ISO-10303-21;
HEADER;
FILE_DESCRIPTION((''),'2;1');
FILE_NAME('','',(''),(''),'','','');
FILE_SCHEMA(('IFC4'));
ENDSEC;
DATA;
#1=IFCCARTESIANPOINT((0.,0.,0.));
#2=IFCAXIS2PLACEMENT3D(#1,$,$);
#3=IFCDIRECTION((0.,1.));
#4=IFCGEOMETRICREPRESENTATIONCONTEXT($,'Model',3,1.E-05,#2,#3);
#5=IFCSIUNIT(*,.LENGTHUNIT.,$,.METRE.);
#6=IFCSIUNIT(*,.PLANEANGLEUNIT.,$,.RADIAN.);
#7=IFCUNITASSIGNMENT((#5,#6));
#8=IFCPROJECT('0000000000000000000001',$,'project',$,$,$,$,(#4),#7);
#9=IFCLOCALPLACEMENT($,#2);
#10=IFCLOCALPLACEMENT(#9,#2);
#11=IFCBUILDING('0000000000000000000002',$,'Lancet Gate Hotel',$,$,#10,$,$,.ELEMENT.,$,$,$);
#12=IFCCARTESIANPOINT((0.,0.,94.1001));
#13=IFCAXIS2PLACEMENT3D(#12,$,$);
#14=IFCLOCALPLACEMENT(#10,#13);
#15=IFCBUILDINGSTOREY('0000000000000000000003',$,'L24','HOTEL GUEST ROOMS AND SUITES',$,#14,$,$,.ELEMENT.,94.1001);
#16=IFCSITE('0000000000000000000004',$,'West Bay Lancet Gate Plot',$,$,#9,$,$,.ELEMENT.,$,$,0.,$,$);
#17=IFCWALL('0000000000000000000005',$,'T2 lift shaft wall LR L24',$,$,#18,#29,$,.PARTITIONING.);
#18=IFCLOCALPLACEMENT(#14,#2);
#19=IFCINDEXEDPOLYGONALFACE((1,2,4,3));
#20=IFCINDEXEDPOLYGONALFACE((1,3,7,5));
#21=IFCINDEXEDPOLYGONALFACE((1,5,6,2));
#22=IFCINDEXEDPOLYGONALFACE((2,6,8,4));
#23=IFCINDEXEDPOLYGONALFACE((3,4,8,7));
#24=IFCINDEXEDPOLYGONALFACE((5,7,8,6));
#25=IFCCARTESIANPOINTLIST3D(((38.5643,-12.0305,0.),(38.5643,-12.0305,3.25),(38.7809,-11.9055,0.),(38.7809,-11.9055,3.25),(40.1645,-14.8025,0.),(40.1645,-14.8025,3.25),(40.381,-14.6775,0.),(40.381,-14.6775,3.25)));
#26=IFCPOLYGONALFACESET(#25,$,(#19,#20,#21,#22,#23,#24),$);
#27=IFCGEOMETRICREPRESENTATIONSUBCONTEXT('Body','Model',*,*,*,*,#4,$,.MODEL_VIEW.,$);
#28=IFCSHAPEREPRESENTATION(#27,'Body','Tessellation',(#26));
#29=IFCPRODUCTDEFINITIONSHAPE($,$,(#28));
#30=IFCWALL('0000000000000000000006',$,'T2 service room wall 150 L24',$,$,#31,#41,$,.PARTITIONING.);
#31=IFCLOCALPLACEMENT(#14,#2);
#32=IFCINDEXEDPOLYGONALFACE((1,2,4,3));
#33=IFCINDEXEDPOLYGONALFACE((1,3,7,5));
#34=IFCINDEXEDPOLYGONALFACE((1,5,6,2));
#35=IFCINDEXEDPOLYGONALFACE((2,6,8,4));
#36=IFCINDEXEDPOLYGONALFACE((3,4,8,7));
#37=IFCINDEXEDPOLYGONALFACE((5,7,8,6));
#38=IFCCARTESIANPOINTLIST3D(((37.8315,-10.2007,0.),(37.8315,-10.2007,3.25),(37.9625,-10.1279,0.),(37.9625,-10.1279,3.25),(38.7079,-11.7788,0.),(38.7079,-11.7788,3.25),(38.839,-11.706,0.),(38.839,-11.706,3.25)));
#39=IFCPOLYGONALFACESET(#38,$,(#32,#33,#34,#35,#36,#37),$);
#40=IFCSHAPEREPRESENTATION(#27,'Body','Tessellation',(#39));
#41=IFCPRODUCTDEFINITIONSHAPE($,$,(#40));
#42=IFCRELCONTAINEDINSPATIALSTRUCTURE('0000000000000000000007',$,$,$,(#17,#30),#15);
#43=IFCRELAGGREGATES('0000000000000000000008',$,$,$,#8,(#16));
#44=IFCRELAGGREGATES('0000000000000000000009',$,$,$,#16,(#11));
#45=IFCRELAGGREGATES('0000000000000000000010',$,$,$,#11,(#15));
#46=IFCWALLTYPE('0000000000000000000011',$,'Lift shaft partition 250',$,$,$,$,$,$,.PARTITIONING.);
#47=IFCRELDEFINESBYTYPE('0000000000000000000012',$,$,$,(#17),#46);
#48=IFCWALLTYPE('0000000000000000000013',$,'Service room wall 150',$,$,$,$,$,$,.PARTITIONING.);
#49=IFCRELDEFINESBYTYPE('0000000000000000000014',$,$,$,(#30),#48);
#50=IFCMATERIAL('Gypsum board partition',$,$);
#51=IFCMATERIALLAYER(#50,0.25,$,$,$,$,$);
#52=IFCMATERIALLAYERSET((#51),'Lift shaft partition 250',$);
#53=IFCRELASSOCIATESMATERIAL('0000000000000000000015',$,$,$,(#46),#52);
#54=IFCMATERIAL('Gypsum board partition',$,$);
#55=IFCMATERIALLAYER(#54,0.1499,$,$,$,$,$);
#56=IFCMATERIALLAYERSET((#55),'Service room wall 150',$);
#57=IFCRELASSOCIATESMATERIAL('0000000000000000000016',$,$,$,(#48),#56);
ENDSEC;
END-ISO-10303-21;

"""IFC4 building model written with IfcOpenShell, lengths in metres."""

from ifc_helpers import new_model, si_unit, direction, frame, frame_2d, origin, place, context, subcontext, project, spatial, rectangle, extrude, material, layer, layer_set, type_object, element, save


model = new_model("IFC4")

# Units and contexts
model_context = context("Model", 3, precision=1e-05, world=origin(), true_north=direction((0.0, 1.0)))
body_context = subcontext(model_context, "Body", "Model", "MODEL_VIEW")
ifc_project = project(units=[si_unit("LENGTHUNIT", "METRE"), si_unit("PLANEANGLEUNIT", "RADIAN")], contexts=[model_context])

# Site, building, storey
site_placement = place(None, origin())
site = spatial("IfcSite", under=ifc_project, at=site_placement, Name="West Bay Lancet Gate Plot", CompositionType="ELEMENT", RefElevation=0.0)
building_placement = place(site_placement, origin())
building = spatial("IfcBuilding", under=site, at=building_placement, Name="Lancet Gate Hotel", CompositionType="ELEMENT")
storey_placement = place(building_placement, frame((0.0, 0.0, 94.1001)))
storey = spatial("IfcBuildingStorey", under=building, at=storey_placement, Name="L24", Description="HOTEL GUEST ROOMS AND SUITES", CompositionType="ELEMENT", Elevation=94.1001)

# Walls
ifc_material_1 = material(Name="Gypsum board partition")
ifc_layer_1 = layer(ifc_material_1, 0.25)
ifc_layer_set_1 = layer_set([ifc_layer_1], Name="Lift shaft partition 250")
wall_type_1 = type_object("IfcWallType", Name="Lift shaft partition 250", PredefinedType="PARTITIONING", material=ifc_layer_set_1)
wall_1_placement = place(storey_placement, frame((38.6726, -11.968, 0.0), z_axis=(0.0, 0.0, 1.0), x_axis=(0.499929, -0.866066, 0.0)))
element("IfcWall", 1, at=wall_1_placement, inside=storey, type_object=wall_type_1, Name="T2 lift shaft wall LR L24", PredefinedType="PARTITIONING", context=body_context, shape_type="SweptSolid", body=[
    extrude(rectangle(XDim=3.2007, YDim=0.25, at=frame_2d((1.6003, 0.0))), origin(), (0.0, 0.0, 1.0), 3.25),
])
ifc_material_2 = material(Name="Gypsum board partition")
ifc_layer_2 = layer(ifc_material_2, 0.1499)
ifc_layer_set_2 = layer_set([ifc_layer_2], Name="Service room wall 150")
wall_type_2 = type_object("IfcWallType", Name="Service room wall 150", PredefinedType="PARTITIONING", material=ifc_layer_set_2)
wall_2_placement = place(storey_placement, frame((38.7734, -11.7424, 0.0), z_axis=(0.0, 0.0, 1.0), x_axis=(-0.485528, 0.874221, 0.0)))
element("IfcWall", 2, at=wall_2_placement, inside=storey, type_object=wall_type_2, Name="T2 service room wall 150 L24", PredefinedType="PARTITIONING", context=body_context, shape_type="SweptSolid", body=[
    extrude(rectangle(XDim=1.8052, YDim=0.1499, at=frame_2d((0.9026, 0.0))), origin(), (0.0, 0.0, 1.0), 3.25),
])

save(model, "model.ifc")
